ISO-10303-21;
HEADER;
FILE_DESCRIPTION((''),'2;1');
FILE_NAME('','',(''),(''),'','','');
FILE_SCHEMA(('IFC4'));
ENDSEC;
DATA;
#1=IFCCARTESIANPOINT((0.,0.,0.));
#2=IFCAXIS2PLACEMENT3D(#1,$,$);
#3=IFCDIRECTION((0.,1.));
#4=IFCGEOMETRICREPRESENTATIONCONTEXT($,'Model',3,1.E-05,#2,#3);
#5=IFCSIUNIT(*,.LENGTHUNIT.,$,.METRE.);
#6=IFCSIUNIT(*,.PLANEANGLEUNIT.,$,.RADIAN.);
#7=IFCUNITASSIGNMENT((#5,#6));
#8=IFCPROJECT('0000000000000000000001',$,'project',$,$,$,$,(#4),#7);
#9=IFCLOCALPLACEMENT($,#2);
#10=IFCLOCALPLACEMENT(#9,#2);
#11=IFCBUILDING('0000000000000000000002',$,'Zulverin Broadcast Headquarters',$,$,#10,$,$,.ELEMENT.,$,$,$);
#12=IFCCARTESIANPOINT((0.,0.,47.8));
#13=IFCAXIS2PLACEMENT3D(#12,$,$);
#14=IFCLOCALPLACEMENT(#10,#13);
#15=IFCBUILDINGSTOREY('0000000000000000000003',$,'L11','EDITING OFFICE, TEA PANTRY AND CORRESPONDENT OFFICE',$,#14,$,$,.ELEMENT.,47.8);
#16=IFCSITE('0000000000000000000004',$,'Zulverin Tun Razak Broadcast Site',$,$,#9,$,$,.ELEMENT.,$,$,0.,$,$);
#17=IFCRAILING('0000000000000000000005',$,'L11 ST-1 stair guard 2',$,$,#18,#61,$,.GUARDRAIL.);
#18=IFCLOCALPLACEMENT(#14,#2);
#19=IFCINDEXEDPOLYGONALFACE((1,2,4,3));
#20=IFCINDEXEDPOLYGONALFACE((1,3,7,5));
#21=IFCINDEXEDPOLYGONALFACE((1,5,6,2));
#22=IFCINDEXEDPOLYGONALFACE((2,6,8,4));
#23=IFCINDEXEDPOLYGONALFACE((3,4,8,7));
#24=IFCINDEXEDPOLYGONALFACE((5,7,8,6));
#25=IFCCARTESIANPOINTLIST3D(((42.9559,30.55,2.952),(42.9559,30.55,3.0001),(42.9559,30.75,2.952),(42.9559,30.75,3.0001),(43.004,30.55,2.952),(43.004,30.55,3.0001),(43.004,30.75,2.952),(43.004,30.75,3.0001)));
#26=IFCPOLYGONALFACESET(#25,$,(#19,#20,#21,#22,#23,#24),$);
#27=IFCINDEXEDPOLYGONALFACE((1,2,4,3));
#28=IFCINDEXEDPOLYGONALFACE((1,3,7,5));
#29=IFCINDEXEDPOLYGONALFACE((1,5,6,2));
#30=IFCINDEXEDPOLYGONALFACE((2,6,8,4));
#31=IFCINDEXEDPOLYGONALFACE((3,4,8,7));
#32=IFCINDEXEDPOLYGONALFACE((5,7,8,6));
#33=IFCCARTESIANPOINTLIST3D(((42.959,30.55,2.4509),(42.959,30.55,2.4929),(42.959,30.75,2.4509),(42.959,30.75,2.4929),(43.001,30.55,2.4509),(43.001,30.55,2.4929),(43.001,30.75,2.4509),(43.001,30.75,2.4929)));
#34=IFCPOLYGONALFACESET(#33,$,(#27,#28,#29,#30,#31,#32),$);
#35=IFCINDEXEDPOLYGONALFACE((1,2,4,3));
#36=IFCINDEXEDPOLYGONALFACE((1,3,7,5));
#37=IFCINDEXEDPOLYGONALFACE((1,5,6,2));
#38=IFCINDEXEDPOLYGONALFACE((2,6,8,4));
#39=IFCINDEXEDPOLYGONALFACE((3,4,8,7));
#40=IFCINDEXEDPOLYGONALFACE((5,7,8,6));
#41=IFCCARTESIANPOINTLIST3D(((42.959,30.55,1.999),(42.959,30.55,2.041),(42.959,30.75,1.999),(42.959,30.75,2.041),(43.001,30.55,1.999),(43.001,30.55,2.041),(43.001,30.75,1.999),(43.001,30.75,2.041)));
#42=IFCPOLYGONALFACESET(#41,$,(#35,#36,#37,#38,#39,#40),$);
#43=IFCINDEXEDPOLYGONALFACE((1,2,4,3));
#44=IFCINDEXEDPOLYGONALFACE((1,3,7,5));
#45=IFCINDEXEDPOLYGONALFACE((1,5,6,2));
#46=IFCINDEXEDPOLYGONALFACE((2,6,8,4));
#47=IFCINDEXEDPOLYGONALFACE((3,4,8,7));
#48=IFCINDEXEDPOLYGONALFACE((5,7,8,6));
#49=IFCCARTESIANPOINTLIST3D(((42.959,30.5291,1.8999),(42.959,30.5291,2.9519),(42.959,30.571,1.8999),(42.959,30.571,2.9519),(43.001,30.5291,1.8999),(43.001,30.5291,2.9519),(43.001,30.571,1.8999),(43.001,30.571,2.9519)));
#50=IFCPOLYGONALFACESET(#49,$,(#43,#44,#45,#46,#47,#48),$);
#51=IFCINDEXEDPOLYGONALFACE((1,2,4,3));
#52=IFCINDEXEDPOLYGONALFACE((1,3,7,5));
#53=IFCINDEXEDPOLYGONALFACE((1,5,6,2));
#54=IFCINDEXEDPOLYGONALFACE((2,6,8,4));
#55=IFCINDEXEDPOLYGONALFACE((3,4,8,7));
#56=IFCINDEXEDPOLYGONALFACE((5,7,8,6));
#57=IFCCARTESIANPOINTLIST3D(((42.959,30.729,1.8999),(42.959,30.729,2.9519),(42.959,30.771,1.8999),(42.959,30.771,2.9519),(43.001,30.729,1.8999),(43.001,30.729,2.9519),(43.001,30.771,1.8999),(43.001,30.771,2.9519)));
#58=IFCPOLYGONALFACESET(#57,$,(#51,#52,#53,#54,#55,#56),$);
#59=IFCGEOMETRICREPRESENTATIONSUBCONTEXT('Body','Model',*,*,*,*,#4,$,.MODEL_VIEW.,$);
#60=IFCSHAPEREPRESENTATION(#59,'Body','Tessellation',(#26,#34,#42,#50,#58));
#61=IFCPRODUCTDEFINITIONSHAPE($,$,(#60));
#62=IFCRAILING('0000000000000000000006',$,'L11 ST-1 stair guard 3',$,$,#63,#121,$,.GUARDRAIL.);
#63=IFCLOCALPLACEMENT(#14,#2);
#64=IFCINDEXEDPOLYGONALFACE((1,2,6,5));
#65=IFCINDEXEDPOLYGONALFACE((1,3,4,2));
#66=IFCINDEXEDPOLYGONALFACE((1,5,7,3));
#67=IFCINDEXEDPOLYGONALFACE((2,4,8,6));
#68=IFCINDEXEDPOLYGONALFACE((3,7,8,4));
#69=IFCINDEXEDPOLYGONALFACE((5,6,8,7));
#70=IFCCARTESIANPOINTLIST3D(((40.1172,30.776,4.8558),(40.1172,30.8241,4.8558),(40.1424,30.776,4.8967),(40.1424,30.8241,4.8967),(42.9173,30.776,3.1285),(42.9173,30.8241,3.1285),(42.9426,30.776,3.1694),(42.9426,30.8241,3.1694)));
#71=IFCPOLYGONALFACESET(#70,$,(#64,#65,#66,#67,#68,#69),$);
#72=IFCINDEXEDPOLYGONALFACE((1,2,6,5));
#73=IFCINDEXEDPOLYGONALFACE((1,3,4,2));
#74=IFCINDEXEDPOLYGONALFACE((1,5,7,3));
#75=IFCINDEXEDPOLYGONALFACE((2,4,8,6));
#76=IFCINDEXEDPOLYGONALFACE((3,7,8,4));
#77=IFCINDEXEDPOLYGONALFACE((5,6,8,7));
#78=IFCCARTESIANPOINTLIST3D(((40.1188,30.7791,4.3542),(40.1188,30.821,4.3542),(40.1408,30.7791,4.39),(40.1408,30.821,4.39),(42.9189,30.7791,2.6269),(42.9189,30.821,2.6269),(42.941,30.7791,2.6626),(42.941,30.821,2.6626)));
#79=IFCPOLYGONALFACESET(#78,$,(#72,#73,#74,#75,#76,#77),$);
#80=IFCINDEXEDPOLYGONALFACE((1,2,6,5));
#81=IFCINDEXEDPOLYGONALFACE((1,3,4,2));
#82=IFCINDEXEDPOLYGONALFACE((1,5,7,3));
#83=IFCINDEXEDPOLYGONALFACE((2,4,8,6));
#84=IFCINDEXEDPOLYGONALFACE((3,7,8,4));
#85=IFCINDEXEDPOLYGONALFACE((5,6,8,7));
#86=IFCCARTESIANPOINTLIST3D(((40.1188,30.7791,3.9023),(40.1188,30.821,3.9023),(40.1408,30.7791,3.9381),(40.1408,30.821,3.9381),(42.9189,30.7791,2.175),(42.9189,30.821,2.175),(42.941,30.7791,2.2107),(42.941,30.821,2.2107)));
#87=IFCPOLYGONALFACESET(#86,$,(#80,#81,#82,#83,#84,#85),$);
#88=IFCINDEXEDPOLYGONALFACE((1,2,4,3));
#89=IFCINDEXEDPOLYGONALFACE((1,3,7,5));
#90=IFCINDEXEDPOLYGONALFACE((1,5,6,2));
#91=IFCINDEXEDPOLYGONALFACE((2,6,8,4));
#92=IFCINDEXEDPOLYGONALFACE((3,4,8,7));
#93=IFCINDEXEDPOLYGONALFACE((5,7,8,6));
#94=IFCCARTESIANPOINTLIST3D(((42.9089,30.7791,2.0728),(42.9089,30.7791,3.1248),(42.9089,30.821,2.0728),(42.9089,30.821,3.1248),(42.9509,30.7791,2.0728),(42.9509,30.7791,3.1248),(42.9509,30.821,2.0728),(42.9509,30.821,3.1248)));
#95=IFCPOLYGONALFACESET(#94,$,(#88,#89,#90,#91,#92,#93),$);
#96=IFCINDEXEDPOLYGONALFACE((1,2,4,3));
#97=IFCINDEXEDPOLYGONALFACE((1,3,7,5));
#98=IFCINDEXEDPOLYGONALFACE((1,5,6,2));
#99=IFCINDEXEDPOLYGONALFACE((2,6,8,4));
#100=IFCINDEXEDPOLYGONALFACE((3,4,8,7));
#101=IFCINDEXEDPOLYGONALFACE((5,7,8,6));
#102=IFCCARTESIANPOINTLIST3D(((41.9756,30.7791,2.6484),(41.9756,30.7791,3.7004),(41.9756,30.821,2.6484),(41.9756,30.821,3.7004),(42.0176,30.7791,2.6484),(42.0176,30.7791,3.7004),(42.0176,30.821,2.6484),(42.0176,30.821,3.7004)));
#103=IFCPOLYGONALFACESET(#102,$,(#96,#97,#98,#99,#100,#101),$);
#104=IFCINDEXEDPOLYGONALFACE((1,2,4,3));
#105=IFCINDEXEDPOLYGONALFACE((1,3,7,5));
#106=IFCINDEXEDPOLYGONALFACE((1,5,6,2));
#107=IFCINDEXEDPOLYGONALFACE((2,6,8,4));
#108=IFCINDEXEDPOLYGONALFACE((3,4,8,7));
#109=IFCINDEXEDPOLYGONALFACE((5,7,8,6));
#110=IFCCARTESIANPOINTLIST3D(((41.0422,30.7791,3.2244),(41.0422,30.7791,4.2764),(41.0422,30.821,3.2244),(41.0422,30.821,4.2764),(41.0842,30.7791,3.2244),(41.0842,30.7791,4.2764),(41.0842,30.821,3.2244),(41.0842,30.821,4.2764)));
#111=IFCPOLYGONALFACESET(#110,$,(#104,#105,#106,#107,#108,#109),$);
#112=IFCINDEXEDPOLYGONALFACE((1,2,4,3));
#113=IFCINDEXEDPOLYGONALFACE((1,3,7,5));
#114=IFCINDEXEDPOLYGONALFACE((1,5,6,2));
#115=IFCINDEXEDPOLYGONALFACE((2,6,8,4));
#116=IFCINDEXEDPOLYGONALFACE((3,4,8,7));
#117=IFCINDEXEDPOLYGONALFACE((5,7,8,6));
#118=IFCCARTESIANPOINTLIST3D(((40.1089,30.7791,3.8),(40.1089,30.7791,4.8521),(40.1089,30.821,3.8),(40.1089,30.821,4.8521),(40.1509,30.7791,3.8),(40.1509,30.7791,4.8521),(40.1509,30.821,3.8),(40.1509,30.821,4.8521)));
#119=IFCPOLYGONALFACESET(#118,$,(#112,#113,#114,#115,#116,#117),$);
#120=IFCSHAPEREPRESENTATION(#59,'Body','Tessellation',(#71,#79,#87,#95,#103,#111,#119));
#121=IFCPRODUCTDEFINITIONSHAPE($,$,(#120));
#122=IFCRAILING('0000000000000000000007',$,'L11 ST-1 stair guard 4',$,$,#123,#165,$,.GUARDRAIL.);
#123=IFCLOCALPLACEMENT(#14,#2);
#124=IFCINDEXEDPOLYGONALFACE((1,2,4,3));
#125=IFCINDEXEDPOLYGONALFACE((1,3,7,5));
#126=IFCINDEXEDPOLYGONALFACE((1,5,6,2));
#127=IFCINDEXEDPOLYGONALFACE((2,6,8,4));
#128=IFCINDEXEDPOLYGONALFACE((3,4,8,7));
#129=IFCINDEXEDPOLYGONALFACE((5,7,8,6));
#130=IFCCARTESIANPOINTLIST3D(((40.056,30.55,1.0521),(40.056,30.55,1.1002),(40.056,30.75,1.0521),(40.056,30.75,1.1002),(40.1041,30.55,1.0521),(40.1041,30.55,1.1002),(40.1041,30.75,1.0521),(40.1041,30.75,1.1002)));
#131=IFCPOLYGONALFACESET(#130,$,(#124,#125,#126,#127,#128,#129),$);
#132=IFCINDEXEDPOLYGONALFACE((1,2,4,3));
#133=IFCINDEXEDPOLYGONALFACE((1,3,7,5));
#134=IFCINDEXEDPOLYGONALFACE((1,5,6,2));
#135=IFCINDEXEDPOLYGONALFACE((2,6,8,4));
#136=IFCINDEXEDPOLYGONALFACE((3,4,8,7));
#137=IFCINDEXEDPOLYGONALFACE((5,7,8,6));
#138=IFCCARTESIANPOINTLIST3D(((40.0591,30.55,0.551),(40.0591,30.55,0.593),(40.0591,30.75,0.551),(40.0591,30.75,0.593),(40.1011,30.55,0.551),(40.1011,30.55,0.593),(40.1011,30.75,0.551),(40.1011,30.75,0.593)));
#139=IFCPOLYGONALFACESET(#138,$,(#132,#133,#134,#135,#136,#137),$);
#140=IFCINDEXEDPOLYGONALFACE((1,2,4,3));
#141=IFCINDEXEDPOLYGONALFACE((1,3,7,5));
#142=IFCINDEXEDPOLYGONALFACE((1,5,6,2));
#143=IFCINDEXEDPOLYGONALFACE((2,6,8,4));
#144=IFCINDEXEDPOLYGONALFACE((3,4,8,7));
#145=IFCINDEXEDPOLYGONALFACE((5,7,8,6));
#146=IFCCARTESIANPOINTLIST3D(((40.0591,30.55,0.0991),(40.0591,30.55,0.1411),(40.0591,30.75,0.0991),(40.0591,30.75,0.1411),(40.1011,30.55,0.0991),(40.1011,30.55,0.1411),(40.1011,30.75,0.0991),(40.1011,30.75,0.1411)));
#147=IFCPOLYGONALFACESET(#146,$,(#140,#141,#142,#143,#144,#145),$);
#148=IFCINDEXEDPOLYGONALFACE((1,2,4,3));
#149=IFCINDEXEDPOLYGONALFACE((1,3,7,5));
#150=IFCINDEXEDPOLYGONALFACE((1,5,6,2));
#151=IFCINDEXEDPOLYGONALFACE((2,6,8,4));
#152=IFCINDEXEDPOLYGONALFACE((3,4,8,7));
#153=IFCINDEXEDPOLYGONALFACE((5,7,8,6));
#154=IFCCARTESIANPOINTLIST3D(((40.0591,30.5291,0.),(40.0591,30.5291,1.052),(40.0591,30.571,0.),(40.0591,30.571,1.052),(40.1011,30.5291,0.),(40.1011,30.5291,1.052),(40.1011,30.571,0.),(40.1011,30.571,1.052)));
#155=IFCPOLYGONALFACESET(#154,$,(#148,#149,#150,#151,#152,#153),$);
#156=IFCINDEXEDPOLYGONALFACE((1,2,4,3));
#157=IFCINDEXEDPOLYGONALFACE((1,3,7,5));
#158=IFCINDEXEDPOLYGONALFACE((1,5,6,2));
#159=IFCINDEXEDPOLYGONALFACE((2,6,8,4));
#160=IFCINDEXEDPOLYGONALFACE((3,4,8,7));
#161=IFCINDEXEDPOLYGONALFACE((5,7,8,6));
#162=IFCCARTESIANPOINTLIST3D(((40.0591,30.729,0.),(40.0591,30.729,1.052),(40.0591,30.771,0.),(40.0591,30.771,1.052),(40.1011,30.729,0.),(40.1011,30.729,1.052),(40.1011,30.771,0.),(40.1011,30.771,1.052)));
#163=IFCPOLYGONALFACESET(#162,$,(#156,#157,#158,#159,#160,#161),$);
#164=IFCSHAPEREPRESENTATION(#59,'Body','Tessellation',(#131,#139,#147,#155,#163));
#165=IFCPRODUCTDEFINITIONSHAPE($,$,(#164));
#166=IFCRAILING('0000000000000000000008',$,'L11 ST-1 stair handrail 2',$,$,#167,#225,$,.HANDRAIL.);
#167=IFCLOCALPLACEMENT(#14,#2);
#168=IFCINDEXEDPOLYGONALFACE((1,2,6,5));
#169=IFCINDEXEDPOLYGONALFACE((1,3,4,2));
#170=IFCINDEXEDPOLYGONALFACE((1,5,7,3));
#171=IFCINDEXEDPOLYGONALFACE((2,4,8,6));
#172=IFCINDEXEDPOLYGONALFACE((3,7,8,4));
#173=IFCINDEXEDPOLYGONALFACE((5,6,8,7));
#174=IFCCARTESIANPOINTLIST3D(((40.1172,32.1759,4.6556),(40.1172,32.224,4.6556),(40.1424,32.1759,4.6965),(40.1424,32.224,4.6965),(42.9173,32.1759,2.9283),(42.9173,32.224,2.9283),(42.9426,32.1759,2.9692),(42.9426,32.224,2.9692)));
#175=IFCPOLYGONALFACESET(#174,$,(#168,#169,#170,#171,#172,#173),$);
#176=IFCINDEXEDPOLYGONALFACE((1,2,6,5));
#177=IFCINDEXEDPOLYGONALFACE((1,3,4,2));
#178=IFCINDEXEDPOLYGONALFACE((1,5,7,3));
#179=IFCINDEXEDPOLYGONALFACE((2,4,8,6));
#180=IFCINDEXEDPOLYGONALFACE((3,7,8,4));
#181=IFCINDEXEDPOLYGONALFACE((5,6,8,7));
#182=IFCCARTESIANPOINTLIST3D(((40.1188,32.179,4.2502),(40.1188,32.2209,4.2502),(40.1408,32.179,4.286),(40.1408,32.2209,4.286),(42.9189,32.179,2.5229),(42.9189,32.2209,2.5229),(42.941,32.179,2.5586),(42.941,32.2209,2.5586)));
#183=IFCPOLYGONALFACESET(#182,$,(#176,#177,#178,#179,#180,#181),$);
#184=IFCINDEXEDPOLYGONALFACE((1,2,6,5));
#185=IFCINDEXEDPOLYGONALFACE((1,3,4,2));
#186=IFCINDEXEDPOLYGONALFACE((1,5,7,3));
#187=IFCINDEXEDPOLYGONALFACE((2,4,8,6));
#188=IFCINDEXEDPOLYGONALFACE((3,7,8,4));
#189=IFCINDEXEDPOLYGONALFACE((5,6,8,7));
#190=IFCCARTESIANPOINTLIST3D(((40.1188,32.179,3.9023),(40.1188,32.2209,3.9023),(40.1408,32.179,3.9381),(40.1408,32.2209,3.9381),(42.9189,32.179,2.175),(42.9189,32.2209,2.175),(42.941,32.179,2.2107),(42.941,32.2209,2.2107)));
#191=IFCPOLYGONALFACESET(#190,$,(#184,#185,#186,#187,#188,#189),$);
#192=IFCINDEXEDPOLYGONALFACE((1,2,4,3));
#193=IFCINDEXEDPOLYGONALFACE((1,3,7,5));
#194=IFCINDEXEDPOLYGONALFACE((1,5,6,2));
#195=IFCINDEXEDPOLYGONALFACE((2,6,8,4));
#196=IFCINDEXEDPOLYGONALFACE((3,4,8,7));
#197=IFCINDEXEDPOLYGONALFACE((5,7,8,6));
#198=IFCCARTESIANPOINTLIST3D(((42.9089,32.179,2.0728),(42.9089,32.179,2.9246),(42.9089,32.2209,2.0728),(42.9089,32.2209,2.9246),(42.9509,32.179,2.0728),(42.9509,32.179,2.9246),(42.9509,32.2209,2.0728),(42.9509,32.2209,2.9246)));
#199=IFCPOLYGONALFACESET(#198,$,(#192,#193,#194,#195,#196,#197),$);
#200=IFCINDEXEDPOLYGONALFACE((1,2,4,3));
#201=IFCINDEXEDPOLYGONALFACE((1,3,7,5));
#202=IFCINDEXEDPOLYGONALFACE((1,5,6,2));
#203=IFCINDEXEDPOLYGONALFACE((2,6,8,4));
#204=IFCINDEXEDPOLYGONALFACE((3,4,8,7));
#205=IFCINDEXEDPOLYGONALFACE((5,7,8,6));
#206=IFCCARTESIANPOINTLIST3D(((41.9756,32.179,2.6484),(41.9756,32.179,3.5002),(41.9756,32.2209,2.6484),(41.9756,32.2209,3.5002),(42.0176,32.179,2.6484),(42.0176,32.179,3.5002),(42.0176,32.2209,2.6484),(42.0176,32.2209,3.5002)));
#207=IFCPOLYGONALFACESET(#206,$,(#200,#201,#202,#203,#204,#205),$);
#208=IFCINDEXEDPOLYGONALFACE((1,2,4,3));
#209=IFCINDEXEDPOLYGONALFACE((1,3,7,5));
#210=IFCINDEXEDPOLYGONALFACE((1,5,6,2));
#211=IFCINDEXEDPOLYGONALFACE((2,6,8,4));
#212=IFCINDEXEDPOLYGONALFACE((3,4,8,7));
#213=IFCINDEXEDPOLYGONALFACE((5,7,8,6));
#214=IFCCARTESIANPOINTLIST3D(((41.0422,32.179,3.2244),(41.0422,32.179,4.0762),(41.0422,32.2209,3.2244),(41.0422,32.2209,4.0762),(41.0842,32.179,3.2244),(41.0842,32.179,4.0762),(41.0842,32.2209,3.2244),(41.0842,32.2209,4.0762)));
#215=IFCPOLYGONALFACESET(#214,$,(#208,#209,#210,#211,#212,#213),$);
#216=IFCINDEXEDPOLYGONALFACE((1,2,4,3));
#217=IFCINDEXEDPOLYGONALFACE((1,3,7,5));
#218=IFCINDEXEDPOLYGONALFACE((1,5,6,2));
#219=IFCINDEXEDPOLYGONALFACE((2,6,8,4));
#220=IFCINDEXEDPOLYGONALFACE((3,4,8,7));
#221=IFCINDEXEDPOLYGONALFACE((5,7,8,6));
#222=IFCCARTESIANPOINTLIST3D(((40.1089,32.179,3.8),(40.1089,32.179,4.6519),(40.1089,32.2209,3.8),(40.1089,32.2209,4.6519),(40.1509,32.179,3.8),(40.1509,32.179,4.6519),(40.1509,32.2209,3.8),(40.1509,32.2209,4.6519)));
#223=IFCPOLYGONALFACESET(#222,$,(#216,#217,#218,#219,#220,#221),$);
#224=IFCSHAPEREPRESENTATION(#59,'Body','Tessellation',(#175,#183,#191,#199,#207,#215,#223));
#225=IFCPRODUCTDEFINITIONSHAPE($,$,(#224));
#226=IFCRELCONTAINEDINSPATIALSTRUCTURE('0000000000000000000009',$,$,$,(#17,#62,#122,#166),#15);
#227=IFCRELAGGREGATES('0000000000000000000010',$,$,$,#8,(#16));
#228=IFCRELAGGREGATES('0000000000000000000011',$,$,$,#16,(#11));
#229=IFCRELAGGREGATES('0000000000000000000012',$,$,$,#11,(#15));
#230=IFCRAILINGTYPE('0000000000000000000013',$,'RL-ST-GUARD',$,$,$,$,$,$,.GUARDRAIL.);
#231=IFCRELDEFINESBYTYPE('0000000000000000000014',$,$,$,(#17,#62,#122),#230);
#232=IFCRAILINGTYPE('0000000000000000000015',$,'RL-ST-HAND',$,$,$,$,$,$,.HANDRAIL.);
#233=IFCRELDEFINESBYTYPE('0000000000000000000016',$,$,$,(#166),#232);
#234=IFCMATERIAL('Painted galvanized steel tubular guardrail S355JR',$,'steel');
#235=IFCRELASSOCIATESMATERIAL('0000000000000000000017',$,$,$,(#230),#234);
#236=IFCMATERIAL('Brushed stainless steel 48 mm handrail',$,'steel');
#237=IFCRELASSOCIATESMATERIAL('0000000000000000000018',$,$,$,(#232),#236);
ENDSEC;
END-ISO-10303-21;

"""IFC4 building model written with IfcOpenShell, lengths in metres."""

from ifc_helpers import new_model, si_unit, direction, frame, origin, origin_2d, place, context, subcontext, project, spatial, rectangle, extrude, material, type_object, element, save


model = new_model("IFC4")

# Units and contexts
model_context = context("Model", 3, precision=1e-05, world=origin(), true_north=direction((0.0, 1.0)))
body_context = subcontext(model_context, "Body", "Model", "MODEL_VIEW")
ifc_project = project(units=[si_unit("LENGTHUNIT", "METRE"), si_unit("PLANEANGLEUNIT", "RADIAN")], contexts=[model_context])

# Site, building, storey
site_placement = place(None, origin())
site = spatial("IfcSite", under=ifc_project, at=site_placement, Name="Zulverin Tun Razak Broadcast Site", CompositionType="ELEMENT", RefElevation=0.0)
building_placement = place(site_placement, origin())
building = spatial("IfcBuilding", under=site, at=building_placement, Name="Zulverin Broadcast Headquarters", CompositionType="ELEMENT")
storey_placement = place(building_placement, frame((0.0, 0.0, 47.8)))
storey = spatial("IfcBuildingStorey", under=building, at=storey_placement, Name="L11", Description="EDITING OFFICE, TEA PANTRY AND CORRESPONDENT OFFICE", CompositionType="ELEMENT", Elevation=47.8)

# Railings
ifc_material_1 = material(Name="Painted galvanized steel tubular guardrail S355JR", Category="steel")
railing_type_1 = type_object("IfcRailingType", Name="RL-ST-GUARD", PredefinedType="GUARDRAIL", material=ifc_material_1)
railing_1_placement = place(storey_placement, frame((42.98, 30.55, 1.8999)))
element("IfcRailing", 1, at=railing_1_placement, inside=storey, type_object=railing_type_1, Name="L11 ST-1 stair guard 2", PredefinedType="GUARDRAIL", context=body_context, shape_type="SweptSolid", body=[
    extrude(rectangle(XDim=0.0481, YDim=0.0481, at=origin_2d()), frame((0.0, 0.0, 1.0762), z_axis=(0.0, 1.0, 0.0), x_axis=(-1.0, 0.0, 0.0)), (0.0, 0.0, 1.0), 0.2),
    extrude(rectangle(XDim=0.042, YDim=0.042, at=origin_2d()), frame((0.0, 0.0, 0.572), z_axis=(0.0, 1.0, 0.0), x_axis=(-1.0, 0.0, 0.0)), (0.0, 0.0, 1.0), 0.2),
    extrude(rectangle(XDim=0.042, YDim=0.042, at=origin_2d()), frame((0.0, 0.0, 0.1201), z_axis=(0.0, 1.0, 0.0), x_axis=(-1.0, 0.0, 0.0)), (0.0, 0.0, 1.0), 0.2),
    extrude(rectangle(XDim=0.042, YDim=0.042, at=origin_2d()), origin(), (0.0, 0.0, 1.0), 1.052),
    extrude(rectangle(XDim=0.042, YDim=0.042, at=origin_2d()), frame((0.0, 0.2, 0.0)), (0.0, 0.0, 1.0), 1.052),
])
railing_2_placement = place(storey_placement, frame((42.9299, 30.8, 2.0728)))
element("IfcRailing", 2, at=railing_2_placement, inside=storey, type_object=railing_type_1, Name="L11 ST-1 stair guard 3", PredefinedType="GUARDRAIL", context=body_context, shape_type="SweptSolid", body=[
    extrude(rectangle(XDim=0.0481, YDim=0.0481, at=origin_2d()), frame((0.0, 0.0, 1.0762), z_axis=(-0.85109, 0.0, 0.52502), x_axis=(0.0, -1.0, 0.0)), (0.0, 0.0, 1.0), 3.29),
    extrude(rectangle(XDim=0.042, YDim=0.042, at=origin_2d()), frame((0.0, 0.0, 0.572), z_axis=(-0.85109, 0.0, 0.52502), x_axis=(0.0, -1.0, 0.0)), (0.0, 0.0, 1.0), 3.29),
    extrude(rectangle(XDim=0.042, YDim=0.042, at=origin_2d()), frame((0.0, 0.0, 0.1201), z_axis=(-0.85109, 0.0, 0.52502), x_axis=(0.0, -1.0, 0.0)), (0.0, 0.0, 1.0), 3.29),
    extrude(rectangle(XDim=0.042, YDim=0.042, at=origin_2d()), origin(), (0.0, 0.0, 1.0), 1.052),
    extrude(rectangle(XDim=0.042, YDim=0.042, at=origin_2d()), frame((-0.9333, 0.0, 0.5757)), (0.0, 0.0, 1.0), 1.052),
    extrude(rectangle(XDim=0.042, YDim=0.042, at=origin_2d()), frame((-1.8667, 0.0, 1.1516)), (0.0, 0.0, 1.0), 1.052),
    extrude(rectangle(XDim=0.042, YDim=0.042, at=origin_2d()), frame((-2.8, 0.0, 1.7273)), (0.0, 0.0, 1.0), 1.052),
])
railing_3_placement = place(storey_placement, frame((40.0801, 30.55, 0.0)))
element("IfcRailing", 3, at=railing_3_placement, inside=storey, type_object=railing_type_1, Name="L11 ST-1 stair guard 4", PredefinedType="GUARDRAIL", context=body_context, shape_type="SweptSolid", body=[
    extrude(rectangle(XDim=0.0481, YDim=0.0481, at=origin_2d()), frame((0.0, 0.0, 1.0762), z_axis=(0.0, 1.0, 0.0), x_axis=(-1.0, 0.0, 0.0)), (0.0, 0.0, 1.0), 0.2),
    extrude(rectangle(XDim=0.042, YDim=0.042, at=origin_2d()), frame((0.0, 0.0, 0.572), z_axis=(0.0, 1.0, 0.0), x_axis=(-1.0, 0.0, 0.0)), (0.0, 0.0, 1.0), 0.2),
    extrude(rectangle(XDim=0.042, YDim=0.042, at=origin_2d()), frame((0.0, 0.0, 0.1201), z_axis=(0.0, 1.0, 0.0), x_axis=(-1.0, 0.0, 0.0)), (0.0, 0.0, 1.0), 0.2),
    extrude(rectangle(XDim=0.042, YDim=0.042, at=origin_2d()), origin(), (0.0, 0.0, 1.0), 1.052),
    extrude(rectangle(XDim=0.042, YDim=0.042, at=origin_2d()), frame((0.0, 0.2, 0.0)), (0.0, 0.0, 1.0), 1.052),
])
ifc_material_2 = material(Name="Brushed stainless steel 48 mm handrail", Category="steel")
railing_type_2 = type_object("IfcRailingType", Name="RL-ST-HAND", PredefinedType="HANDRAIL", material=ifc_material_2)
railing_4_placement = place(storey_placement, frame((42.9299, 32.2, 2.0728)))
element("IfcRailing", 4, at=railing_4_placement, inside=storey, type_object=railing_type_2, Name="L11 ST-1 stair handrail 2", PredefinedType="HANDRAIL", context=body_context, shape_type="SweptSolid", body=[
    extrude(rectangle(XDim=0.0481, YDim=0.0481, at=origin_2d()), frame((0.0, 0.0, 0.876), z_axis=(-0.85109, 0.0, 0.52502), x_axis=(0.0, -1.0, 0.0)), (0.0, 0.0, 1.0), 3.29),
    extrude(rectangle(XDim=0.042, YDim=0.042, at=origin_2d()), frame((0.0, 0.0, 0.468), z_axis=(-0.85109, 0.0, 0.52502), x_axis=(0.0, -1.0, 0.0)), (0.0, 0.0, 1.0), 3.29),
    extrude(rectangle(XDim=0.042, YDim=0.042, at=origin_2d()), frame((0.0, 0.0, 0.1201), z_axis=(-0.85109, 0.0, 0.52502), x_axis=(0.0, -1.0, 0.0)), (0.0, 0.0, 1.0), 3.29),
    extrude(rectangle(XDim=0.042, YDim=0.042, at=origin_2d()), origin(), (0.0, 0.0, 1.0), 0.8518),
    extrude(rectangle(XDim=0.042, YDim=0.042, at=origin_2d()), frame((-0.9333, 0.0, 0.5757)), (0.0, 0.0, 1.0), 0.8518),
    extrude(rectangle(XDim=0.042, YDim=0.042, at=origin_2d()), frame((-1.8667, 0.0, 1.1516)), (0.0, 0.0, 1.0), 0.8518),
    extrude(rectangle(XDim=0.042, YDim=0.042, at=origin_2d()), frame((-2.8, 0.0, 1.7273)), (0.0, 0.0, 1.0), 0.8518),
])

save(model, "model.ifc")
